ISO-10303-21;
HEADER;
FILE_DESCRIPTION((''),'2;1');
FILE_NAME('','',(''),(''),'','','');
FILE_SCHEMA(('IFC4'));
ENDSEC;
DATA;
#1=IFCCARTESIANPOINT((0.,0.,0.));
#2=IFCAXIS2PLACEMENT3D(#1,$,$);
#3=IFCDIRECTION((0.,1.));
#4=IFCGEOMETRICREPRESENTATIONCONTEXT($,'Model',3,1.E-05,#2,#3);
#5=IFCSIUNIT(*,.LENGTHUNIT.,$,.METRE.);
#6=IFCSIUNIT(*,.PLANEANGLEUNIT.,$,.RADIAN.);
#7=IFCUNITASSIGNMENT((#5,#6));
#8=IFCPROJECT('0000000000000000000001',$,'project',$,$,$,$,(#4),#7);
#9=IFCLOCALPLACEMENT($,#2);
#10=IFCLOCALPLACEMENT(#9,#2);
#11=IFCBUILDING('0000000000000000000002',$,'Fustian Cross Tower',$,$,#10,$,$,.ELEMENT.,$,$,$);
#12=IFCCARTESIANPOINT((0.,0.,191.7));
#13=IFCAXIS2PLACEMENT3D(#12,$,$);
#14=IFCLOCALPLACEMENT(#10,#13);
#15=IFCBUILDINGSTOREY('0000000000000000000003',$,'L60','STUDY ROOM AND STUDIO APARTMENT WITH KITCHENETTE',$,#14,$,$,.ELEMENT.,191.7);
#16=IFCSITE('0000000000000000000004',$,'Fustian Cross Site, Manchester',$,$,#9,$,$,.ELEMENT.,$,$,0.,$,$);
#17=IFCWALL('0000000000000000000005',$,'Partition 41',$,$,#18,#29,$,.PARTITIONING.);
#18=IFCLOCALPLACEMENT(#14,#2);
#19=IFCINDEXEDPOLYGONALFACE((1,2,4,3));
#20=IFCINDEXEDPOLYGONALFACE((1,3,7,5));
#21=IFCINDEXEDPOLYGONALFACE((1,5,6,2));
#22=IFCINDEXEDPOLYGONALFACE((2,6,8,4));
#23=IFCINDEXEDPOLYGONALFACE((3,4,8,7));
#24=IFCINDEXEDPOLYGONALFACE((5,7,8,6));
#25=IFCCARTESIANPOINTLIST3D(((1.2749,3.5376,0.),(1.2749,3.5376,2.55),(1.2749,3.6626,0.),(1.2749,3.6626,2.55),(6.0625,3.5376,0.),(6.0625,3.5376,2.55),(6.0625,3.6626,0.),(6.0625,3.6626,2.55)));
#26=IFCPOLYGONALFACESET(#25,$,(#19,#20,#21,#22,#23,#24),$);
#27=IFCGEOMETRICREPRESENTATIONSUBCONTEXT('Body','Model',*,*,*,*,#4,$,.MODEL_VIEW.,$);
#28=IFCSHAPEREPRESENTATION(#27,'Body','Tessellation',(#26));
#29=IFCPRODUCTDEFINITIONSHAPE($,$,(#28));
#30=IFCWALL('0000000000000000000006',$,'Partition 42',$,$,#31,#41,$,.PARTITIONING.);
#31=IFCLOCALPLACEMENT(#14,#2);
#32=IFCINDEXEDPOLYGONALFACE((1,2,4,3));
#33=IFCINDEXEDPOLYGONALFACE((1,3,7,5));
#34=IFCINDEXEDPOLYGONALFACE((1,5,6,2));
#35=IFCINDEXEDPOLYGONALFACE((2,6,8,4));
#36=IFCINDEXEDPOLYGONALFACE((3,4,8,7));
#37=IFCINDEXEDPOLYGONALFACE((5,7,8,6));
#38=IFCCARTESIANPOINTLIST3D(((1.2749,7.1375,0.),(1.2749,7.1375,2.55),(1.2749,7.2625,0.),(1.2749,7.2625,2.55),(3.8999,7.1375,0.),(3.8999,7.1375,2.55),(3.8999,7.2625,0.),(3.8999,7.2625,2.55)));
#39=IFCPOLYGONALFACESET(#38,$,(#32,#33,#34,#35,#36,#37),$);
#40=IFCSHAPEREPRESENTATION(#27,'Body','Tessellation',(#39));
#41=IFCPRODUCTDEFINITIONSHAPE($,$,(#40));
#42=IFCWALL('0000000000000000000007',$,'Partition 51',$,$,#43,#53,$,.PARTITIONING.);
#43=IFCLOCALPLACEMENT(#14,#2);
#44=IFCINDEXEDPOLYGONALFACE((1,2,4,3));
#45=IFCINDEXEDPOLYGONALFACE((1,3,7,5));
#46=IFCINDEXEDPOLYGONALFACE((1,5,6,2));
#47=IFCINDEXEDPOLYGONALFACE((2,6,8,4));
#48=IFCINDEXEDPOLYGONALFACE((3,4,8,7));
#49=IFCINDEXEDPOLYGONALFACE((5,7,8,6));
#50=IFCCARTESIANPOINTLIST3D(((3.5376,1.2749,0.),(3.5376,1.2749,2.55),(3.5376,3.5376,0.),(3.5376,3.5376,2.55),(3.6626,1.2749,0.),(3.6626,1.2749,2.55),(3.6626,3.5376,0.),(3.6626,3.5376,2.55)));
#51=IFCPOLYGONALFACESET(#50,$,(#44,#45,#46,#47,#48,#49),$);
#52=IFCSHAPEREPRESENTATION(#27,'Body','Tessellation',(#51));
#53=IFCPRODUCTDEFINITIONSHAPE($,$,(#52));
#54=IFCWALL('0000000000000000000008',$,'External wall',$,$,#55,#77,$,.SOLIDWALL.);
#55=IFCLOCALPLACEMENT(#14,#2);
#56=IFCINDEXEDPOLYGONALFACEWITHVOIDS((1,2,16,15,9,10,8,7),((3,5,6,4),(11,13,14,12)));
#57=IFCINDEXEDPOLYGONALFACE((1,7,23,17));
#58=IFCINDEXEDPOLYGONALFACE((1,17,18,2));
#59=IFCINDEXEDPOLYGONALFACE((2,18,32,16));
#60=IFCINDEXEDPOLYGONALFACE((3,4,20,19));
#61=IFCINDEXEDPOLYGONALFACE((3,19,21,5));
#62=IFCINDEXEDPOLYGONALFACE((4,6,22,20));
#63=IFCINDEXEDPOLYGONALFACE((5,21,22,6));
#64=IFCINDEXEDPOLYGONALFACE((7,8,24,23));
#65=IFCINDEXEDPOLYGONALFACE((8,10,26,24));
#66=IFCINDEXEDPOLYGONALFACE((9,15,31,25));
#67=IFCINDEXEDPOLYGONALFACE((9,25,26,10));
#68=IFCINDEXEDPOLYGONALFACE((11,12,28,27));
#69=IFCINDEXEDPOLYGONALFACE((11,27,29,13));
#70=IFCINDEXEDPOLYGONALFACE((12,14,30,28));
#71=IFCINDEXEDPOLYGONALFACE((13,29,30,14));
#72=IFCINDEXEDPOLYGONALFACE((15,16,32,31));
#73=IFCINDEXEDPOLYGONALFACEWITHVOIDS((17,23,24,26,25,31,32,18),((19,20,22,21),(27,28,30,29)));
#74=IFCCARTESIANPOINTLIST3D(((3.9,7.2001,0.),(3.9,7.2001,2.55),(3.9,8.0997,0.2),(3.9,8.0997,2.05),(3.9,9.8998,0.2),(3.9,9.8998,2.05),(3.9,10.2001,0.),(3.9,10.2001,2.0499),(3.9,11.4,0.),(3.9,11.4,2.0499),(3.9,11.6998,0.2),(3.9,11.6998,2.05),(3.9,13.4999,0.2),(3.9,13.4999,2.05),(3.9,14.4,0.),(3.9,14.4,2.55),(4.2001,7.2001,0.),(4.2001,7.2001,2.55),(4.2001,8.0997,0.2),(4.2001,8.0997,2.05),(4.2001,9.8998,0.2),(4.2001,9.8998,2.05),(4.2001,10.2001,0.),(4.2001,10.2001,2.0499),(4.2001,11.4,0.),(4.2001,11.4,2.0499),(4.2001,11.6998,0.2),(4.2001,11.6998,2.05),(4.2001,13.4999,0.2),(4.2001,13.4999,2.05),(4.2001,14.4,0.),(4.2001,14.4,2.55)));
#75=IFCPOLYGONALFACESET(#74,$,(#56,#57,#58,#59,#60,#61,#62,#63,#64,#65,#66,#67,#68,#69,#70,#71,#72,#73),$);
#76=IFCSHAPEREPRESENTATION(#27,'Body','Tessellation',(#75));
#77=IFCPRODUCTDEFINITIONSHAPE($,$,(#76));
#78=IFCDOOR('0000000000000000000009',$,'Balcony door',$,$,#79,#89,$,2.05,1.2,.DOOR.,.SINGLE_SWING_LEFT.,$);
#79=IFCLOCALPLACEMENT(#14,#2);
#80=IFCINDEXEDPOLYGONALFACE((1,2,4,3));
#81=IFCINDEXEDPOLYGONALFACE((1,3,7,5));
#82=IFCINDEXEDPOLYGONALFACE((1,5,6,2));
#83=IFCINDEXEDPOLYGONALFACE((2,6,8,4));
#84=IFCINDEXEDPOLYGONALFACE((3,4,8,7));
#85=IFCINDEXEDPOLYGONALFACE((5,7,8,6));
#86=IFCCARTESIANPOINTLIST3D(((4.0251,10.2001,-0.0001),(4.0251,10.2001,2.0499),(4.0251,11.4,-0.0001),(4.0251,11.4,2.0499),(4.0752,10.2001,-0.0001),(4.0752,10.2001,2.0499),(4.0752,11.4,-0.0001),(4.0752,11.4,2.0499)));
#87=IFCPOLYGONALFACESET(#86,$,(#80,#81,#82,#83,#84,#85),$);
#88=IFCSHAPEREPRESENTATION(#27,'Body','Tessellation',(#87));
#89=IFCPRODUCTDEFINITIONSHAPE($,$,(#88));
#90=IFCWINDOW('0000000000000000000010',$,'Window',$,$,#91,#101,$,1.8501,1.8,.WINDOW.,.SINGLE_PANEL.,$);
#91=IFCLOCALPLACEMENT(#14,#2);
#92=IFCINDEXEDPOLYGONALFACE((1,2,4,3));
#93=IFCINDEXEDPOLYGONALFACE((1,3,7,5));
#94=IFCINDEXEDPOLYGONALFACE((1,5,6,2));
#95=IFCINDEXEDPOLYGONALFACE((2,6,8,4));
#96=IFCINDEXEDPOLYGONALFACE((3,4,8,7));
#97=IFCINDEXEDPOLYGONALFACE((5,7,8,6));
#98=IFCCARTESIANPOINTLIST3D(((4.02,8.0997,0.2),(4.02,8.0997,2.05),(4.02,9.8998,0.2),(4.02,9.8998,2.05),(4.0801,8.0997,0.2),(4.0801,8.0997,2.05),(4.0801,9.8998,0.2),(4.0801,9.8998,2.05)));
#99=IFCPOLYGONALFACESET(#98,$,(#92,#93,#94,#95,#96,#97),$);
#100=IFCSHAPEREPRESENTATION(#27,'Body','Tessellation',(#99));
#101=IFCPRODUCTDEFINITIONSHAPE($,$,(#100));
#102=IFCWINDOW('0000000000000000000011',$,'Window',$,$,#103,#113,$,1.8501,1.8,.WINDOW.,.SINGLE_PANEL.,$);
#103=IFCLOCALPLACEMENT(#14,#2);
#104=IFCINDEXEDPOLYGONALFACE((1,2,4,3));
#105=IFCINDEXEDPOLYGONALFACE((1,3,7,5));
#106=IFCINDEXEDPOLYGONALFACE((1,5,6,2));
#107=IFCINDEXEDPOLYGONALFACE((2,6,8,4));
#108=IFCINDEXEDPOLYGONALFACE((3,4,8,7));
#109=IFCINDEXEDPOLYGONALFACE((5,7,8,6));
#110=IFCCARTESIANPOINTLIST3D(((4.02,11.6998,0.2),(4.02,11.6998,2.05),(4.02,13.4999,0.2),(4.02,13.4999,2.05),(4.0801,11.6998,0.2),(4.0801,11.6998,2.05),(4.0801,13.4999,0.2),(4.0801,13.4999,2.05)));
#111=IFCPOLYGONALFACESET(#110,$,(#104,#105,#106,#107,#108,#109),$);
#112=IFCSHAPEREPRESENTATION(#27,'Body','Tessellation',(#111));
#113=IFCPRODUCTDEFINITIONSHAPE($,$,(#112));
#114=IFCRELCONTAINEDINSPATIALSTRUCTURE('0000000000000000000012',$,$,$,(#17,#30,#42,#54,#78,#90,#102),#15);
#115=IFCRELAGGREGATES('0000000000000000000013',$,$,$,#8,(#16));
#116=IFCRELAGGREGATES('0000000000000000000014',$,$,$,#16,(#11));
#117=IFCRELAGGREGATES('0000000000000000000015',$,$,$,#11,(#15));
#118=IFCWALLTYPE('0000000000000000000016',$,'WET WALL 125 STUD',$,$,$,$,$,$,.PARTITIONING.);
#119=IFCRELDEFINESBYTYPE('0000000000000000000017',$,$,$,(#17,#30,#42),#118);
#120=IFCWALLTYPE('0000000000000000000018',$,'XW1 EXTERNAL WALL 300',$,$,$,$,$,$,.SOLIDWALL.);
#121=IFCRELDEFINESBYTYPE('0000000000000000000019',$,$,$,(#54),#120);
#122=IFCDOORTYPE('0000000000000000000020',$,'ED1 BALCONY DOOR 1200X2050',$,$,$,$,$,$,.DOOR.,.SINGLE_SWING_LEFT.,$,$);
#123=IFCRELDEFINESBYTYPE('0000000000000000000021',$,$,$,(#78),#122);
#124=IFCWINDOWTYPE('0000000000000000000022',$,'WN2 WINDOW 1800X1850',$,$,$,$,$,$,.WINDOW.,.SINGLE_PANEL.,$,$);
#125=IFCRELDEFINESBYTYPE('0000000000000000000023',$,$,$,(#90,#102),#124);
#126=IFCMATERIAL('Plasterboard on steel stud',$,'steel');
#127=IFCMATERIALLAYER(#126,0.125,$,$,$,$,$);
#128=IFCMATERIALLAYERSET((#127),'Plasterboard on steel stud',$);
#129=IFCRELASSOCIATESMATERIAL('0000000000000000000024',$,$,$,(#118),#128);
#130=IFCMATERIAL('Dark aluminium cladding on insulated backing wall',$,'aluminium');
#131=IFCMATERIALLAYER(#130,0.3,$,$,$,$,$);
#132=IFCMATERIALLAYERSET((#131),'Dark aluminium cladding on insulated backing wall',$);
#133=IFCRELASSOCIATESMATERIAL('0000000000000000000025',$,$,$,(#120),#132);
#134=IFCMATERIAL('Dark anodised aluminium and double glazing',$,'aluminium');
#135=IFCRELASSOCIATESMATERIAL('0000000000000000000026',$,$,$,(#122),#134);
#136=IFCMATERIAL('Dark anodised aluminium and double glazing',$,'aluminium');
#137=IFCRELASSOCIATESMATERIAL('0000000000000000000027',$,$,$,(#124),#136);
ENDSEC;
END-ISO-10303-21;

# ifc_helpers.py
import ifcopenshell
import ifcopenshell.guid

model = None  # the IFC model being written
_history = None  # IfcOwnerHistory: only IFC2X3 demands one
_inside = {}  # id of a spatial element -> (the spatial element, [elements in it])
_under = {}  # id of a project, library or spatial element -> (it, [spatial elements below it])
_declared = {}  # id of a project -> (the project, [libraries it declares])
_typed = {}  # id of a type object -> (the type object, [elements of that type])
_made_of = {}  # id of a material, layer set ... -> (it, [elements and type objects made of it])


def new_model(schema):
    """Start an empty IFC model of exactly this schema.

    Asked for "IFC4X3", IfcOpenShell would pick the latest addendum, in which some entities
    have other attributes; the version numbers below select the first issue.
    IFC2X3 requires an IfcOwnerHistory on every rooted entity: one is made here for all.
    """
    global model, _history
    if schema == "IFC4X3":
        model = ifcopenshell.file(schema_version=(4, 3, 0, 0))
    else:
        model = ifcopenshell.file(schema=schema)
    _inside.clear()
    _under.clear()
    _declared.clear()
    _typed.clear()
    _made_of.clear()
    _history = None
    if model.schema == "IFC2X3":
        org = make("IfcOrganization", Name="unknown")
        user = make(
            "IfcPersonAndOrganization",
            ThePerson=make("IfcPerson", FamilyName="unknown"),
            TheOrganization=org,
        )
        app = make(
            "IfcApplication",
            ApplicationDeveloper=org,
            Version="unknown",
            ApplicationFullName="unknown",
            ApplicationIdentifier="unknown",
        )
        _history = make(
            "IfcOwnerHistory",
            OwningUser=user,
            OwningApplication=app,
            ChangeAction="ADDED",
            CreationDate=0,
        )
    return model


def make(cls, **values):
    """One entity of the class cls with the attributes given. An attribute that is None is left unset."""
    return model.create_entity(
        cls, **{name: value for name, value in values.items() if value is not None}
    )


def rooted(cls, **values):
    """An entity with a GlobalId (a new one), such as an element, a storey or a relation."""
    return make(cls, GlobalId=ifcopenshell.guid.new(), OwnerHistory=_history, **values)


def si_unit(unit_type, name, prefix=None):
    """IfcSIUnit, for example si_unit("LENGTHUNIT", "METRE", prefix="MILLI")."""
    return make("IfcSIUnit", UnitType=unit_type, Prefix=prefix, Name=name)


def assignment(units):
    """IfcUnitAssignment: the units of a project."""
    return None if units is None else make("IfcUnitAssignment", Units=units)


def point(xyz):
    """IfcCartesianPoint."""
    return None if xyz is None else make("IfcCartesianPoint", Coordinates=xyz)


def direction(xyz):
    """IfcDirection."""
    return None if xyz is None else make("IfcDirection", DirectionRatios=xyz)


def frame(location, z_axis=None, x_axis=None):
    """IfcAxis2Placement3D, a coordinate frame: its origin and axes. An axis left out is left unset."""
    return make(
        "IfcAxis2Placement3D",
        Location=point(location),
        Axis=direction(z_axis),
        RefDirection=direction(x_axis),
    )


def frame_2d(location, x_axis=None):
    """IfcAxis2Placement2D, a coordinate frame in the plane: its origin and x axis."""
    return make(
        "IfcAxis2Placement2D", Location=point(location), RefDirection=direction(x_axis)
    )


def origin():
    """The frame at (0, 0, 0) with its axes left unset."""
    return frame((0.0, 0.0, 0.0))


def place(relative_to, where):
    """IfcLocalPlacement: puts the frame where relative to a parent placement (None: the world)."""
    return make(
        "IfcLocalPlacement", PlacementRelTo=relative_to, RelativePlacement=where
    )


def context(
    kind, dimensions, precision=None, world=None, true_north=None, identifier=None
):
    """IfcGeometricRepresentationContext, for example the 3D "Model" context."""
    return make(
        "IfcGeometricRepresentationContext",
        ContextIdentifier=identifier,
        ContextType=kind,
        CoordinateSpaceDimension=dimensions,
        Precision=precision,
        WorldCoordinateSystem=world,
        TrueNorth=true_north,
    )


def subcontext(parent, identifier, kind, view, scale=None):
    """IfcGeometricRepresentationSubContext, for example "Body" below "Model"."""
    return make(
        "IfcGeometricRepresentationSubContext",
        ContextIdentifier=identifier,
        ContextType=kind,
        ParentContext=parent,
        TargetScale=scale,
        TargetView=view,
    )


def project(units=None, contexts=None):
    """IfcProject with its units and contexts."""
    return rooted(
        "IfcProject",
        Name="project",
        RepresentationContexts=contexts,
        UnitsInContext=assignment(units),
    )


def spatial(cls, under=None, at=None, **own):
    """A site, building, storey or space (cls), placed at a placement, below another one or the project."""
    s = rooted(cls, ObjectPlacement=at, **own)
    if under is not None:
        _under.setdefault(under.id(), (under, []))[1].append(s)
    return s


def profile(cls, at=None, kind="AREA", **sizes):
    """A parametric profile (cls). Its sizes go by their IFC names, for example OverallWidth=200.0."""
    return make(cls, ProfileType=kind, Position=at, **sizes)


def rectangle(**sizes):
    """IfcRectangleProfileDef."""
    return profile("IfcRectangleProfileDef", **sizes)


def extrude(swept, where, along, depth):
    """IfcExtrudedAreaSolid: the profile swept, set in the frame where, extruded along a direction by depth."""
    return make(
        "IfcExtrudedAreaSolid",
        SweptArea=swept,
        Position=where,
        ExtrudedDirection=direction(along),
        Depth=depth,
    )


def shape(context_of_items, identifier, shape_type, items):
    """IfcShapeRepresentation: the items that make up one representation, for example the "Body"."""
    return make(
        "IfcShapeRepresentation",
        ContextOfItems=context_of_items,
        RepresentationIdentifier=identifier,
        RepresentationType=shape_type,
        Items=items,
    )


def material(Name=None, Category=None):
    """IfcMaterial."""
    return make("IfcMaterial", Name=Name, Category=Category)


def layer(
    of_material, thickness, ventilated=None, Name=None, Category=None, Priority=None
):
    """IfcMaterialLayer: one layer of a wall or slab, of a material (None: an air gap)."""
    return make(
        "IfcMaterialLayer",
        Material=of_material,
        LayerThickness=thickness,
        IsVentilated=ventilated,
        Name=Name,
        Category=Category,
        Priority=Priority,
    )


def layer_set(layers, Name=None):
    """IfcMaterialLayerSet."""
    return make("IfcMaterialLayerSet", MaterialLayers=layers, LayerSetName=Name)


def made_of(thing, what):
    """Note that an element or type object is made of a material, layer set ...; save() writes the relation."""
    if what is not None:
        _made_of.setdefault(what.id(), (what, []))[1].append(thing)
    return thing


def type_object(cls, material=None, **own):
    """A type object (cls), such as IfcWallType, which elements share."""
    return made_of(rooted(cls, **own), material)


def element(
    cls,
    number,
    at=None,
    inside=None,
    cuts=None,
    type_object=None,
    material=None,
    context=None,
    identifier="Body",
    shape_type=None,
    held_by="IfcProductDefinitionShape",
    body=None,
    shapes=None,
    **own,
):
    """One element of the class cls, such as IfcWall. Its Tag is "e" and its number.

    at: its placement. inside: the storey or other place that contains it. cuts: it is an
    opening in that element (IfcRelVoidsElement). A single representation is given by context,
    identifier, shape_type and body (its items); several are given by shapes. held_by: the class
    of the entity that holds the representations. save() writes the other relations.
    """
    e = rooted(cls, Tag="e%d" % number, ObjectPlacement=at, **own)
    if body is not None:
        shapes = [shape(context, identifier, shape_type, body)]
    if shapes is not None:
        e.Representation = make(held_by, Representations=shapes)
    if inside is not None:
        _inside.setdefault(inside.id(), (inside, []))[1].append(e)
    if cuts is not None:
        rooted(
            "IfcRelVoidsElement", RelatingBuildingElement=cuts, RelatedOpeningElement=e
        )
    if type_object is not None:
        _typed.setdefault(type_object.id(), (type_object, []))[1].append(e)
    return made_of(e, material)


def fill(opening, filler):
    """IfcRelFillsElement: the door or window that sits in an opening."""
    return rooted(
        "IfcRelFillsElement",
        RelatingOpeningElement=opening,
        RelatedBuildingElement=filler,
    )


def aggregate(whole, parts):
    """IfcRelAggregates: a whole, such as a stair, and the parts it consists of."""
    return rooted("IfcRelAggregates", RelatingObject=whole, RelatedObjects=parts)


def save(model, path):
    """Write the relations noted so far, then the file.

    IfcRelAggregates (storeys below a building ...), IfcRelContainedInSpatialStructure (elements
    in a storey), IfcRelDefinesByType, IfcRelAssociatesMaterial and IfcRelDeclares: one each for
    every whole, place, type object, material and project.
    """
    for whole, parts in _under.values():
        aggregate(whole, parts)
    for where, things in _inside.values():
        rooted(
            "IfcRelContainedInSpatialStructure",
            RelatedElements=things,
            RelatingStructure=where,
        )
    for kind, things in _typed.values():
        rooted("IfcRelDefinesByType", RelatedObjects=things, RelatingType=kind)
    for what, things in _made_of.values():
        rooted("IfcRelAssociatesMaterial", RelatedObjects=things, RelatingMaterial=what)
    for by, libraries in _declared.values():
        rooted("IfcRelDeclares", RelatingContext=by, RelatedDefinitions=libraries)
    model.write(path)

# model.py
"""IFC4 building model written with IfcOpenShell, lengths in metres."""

from ifc_helpers import new_model, si_unit, direction, frame, frame_2d, origin, place, context, subcontext, project, spatial, rectangle, extrude, material, layer, layer_set, type_object, element, fill, save


model = new_model("IFC4")

# Units and contexts
model_context = context("Model", 3, precision=1e-05, world=origin(), true_north=direction((0.0, 1.0)))
body_context = subcontext(model_context, "Body", "Model", "MODEL_VIEW")
ifc_project = project(units=[si_unit("LENGTHUNIT", "METRE"), si_unit("PLANEANGLEUNIT", "RADIAN")], contexts=[model_context])

# Site, building, storey
site_placement = place(None, origin())
site = spatial("IfcSite", under=ifc_project, at=site_placement, Name="Fustian Cross Site, Manchester", CompositionType="ELEMENT", RefElevation=0.0)
building_placement = place(site_placement, origin())
building = spatial("IfcBuilding", under=site, at=building_placement, Name="Fustian Cross Tower", CompositionType="ELEMENT")
storey_placement = place(building_placement, frame((0.0, 0.0, 191.7)))
storey = spatial("IfcBuildingStorey", under=building, at=storey_placement, Name="L60", Description="STUDY ROOM AND STUDIO APARTMENT WITH KITCHENETTE", CompositionType="ELEMENT", Elevation=191.7)

# Walls
ifc_material_1 = material(Name="Plasterboard on steel stud", Category="steel")
ifc_layer_1 = layer(ifc_material_1, 0.125)
ifc_layer_set_1 = layer_set([ifc_layer_1], Name="Plasterboard on steel stud")
wall_type_1 = type_object("IfcWallType", Name="WET WALL 125 STUD", PredefinedType="PARTITIONING", material=ifc_layer_set_1)
wall_1_placement = place(storey_placement, frame((1.2749, 3.6001, 0.0), z_axis=(0.0, 0.0, 1.0), x_axis=(1.0, 0.0, 0.0)))
element("IfcWall", 1, at=wall_1_placement, inside=storey, type_object=wall_type_1, Name="Partition 41", PredefinedType="PARTITIONING", context=body_context, shape_type="SweptSolid", body=[
    extrude(rectangle(XDim=4.7876, YDim=0.125, at=frame_2d((2.3938, 0.0))), origin(), (0.0, 0.0, 1.0), 2.55),
])
wall_2_placement = place(storey_placement, frame((1.2749, 7.2, 0.0), z_axis=(0.0, 0.0, 1.0), x_axis=(1.0, 0.0, 0.0)))
element("IfcWall", 2, at=wall_2_placement, inside=storey, type_object=wall_type_1, Name="Partition 42", PredefinedType="PARTITIONING", context=body_context, shape_type="SweptSolid", body=[
    extrude(rectangle(XDim=2.625, YDim=0.125, at=frame_2d((1.3125, 0.0))), origin(), (0.0, 0.0, 1.0), 2.55),
])
wall_3_placement = place(storey_placement, frame((3.6001, 1.2749, 0.0), z_axis=(0.0, 0.0, 1.0), x_axis=(0.0, 1.0, 0.0)))
element("IfcWall", 3, at=wall_3_placement, inside=storey, type_object=wall_type_1, Name="Partition 51", PredefinedType="PARTITIONING", context=body_context, shape_type="SweptSolid", body=[
    extrude(rectangle(XDim=2.2627, YDim=0.125, at=frame_2d((1.1313, 0.0))), origin(), (0.0, 0.0, 1.0), 2.55),
])

# Wall, openings, door, windows
ifc_material_2 = material(Name="Dark aluminium cladding on insulated backing wall", Category="aluminium")
ifc_layer_2 = layer(ifc_material_2, 0.3)
ifc_layer_set_2 = layer_set([ifc_layer_2], Name="Dark aluminium cladding on insulated backing wall")
wall_type_2 = type_object("IfcWallType", Name="XW1 EXTERNAL WALL 300", PredefinedType="SOLIDWALL", material=ifc_layer_set_2)
wall_4_placement = place(storey_placement, frame((4.05, 7.2, 0.0), z_axis=(0.0, 0.0, 1.0), x_axis=(0.0, 1.0, 0.0)))
wall_4 = element("IfcWall", 4, at=wall_4_placement, inside=storey, type_object=wall_type_2, Name="External wall", PredefinedType="SOLIDWALL", context=body_context, shape_type="SweptSolid", body=[
    extrude(rectangle(XDim=7.2, YDim=0.3, at=frame_2d((3.6001, 0.0))), origin(), (0.0, 0.0, 1.0), 2.55),
])
opening_1_placement = place(wall_4_placement, frame((3.0, 0.0, 0.0)))
opening_1 = element("IfcOpeningElement", 5, at=opening_1_placement, cuts=wall_4, PredefinedType="OPENING", context=body_context, shape_type="SweptSolid", body=[
    extrude(rectangle(XDim=1.2, YDim=2.05, at=frame_2d((0.6001, 1.0249))), frame((0.0, 0.1599, 0.0), z_axis=(0.0, -1.0, 0.0), x_axis=(1.0, 0.0, 0.0)), (0.0, 0.0, 1.0), 0.3201),
])
opening_2_placement = place(wall_4_placement, frame((0.8999, 0.0, 0.2)))
opening_2 = element("IfcOpeningElement", 6, at=opening_2_placement, cuts=wall_4, PredefinedType="OPENING", context=body_context, shape_type="SweptSolid", body=[
    extrude(rectangle(XDim=1.8, YDim=1.8501, at=frame_2d((0.8999, 0.925))), frame((0.0, 0.1599, 0.0), z_axis=(0.0, -1.0, 0.0), x_axis=(1.0, 0.0, 0.0)), (0.0, 0.0, 1.0), 0.3201),
])
opening_3_placement = place(wall_4_placement, frame((4.5, 0.0, 0.2)))
opening_3 = element("IfcOpeningElement", 7, at=opening_3_placement, cuts=wall_4, PredefinedType="OPENING", context=body_context, shape_type="SweptSolid", body=[
    extrude(rectangle(XDim=1.8, YDim=1.8501, at=frame_2d((0.8999, 0.925))), frame((0.0, 0.1599, 0.0), z_axis=(0.0, -1.0, 0.0), x_axis=(1.0, 0.0, 0.0)), (0.0, 0.0, 1.0), 0.3201),
])
ifc_material_3 = material(Name="Dark anodised aluminium and double glazing", Category="aluminium")
door_type_1 = type_object("IfcDoorType", Name="ED1 BALCONY DOOR 1200X2050", OperationType="SINGLE_SWING_LEFT", PredefinedType="DOOR", material=ifc_material_3)
door_1_placement = place(opening_1_placement, origin())
door_1 = element("IfcDoor", 8, at=door_1_placement, inside=storey, type_object=door_type_1, Name="Balcony door", OperationType="SINGLE_SWING_LEFT", OverallHeight=2.05, OverallWidth=1.2, PredefinedType="DOOR", context=body_context, shape_type="SweptSolid", body=[
    extrude(rectangle(XDim=1.2, YDim=2.05, at=frame_2d((0.6001, 1.0249))), frame((0.0, 0.0249, 0.0), z_axis=(0.0, -1.0, 0.0), x_axis=(1.0, 0.0, 0.0)), (0.0, 0.0, 1.0), 0.05),
])
fill(opening_1, door_1)
ifc_material_4 = material(Name="Dark anodised aluminium and double glazing", Category="aluminium")
window_type = type_object("IfcWindowType", Name="WN2 WINDOW 1800X1850", PartitioningType="SINGLE_PANEL", PredefinedType="WINDOW", material=ifc_material_4)
window_1_placement = place(opening_2_placement, origin())
window_1 = element("IfcWindow", 9, at=window_1_placement, inside=storey, type_object=window_type, Name="Window", OverallHeight=1.8501, OverallWidth=1.8, PartitioningType="SINGLE_PANEL", PredefinedType="WINDOW", context=body_context, shape_type="SweptSolid", body=[
    extrude(rectangle(XDim=1.8, YDim=1.8501, at=frame_2d((0.8999, 0.925))), frame((0.0, 0.03, 0.0), z_axis=(0.0, -1.0, 0.0), x_axis=(1.0, 0.0, 0.0)), (0.0, 0.0, 1.0), 0.0601),
])
fill(opening_2, window_1)
window_2_placement = place(opening_3_placement, origin())
window_2 = element("IfcWindow", 10, at=window_2_placement, inside=storey, type_object=window_type, Name="Window", OverallHeight=1.8501, OverallWidth=1.8, PartitioningType="SINGLE_PANEL", PredefinedType="WINDOW", context=body_context, shape_type="SweptSolid", body=[
    extrude(rectangle(XDim=1.8, YDim=1.8501, at=frame_2d((0.8999, 0.925))), frame((0.0, 0.03, 0.0), z_axis=(0.0, -1.0, 0.0), x_axis=(1.0, 0.0, 0.0)), (0.0, 0.0, 1.0), 0.0601),
])
fill(opening_3, window_2)

save(model, "model.ifc")
